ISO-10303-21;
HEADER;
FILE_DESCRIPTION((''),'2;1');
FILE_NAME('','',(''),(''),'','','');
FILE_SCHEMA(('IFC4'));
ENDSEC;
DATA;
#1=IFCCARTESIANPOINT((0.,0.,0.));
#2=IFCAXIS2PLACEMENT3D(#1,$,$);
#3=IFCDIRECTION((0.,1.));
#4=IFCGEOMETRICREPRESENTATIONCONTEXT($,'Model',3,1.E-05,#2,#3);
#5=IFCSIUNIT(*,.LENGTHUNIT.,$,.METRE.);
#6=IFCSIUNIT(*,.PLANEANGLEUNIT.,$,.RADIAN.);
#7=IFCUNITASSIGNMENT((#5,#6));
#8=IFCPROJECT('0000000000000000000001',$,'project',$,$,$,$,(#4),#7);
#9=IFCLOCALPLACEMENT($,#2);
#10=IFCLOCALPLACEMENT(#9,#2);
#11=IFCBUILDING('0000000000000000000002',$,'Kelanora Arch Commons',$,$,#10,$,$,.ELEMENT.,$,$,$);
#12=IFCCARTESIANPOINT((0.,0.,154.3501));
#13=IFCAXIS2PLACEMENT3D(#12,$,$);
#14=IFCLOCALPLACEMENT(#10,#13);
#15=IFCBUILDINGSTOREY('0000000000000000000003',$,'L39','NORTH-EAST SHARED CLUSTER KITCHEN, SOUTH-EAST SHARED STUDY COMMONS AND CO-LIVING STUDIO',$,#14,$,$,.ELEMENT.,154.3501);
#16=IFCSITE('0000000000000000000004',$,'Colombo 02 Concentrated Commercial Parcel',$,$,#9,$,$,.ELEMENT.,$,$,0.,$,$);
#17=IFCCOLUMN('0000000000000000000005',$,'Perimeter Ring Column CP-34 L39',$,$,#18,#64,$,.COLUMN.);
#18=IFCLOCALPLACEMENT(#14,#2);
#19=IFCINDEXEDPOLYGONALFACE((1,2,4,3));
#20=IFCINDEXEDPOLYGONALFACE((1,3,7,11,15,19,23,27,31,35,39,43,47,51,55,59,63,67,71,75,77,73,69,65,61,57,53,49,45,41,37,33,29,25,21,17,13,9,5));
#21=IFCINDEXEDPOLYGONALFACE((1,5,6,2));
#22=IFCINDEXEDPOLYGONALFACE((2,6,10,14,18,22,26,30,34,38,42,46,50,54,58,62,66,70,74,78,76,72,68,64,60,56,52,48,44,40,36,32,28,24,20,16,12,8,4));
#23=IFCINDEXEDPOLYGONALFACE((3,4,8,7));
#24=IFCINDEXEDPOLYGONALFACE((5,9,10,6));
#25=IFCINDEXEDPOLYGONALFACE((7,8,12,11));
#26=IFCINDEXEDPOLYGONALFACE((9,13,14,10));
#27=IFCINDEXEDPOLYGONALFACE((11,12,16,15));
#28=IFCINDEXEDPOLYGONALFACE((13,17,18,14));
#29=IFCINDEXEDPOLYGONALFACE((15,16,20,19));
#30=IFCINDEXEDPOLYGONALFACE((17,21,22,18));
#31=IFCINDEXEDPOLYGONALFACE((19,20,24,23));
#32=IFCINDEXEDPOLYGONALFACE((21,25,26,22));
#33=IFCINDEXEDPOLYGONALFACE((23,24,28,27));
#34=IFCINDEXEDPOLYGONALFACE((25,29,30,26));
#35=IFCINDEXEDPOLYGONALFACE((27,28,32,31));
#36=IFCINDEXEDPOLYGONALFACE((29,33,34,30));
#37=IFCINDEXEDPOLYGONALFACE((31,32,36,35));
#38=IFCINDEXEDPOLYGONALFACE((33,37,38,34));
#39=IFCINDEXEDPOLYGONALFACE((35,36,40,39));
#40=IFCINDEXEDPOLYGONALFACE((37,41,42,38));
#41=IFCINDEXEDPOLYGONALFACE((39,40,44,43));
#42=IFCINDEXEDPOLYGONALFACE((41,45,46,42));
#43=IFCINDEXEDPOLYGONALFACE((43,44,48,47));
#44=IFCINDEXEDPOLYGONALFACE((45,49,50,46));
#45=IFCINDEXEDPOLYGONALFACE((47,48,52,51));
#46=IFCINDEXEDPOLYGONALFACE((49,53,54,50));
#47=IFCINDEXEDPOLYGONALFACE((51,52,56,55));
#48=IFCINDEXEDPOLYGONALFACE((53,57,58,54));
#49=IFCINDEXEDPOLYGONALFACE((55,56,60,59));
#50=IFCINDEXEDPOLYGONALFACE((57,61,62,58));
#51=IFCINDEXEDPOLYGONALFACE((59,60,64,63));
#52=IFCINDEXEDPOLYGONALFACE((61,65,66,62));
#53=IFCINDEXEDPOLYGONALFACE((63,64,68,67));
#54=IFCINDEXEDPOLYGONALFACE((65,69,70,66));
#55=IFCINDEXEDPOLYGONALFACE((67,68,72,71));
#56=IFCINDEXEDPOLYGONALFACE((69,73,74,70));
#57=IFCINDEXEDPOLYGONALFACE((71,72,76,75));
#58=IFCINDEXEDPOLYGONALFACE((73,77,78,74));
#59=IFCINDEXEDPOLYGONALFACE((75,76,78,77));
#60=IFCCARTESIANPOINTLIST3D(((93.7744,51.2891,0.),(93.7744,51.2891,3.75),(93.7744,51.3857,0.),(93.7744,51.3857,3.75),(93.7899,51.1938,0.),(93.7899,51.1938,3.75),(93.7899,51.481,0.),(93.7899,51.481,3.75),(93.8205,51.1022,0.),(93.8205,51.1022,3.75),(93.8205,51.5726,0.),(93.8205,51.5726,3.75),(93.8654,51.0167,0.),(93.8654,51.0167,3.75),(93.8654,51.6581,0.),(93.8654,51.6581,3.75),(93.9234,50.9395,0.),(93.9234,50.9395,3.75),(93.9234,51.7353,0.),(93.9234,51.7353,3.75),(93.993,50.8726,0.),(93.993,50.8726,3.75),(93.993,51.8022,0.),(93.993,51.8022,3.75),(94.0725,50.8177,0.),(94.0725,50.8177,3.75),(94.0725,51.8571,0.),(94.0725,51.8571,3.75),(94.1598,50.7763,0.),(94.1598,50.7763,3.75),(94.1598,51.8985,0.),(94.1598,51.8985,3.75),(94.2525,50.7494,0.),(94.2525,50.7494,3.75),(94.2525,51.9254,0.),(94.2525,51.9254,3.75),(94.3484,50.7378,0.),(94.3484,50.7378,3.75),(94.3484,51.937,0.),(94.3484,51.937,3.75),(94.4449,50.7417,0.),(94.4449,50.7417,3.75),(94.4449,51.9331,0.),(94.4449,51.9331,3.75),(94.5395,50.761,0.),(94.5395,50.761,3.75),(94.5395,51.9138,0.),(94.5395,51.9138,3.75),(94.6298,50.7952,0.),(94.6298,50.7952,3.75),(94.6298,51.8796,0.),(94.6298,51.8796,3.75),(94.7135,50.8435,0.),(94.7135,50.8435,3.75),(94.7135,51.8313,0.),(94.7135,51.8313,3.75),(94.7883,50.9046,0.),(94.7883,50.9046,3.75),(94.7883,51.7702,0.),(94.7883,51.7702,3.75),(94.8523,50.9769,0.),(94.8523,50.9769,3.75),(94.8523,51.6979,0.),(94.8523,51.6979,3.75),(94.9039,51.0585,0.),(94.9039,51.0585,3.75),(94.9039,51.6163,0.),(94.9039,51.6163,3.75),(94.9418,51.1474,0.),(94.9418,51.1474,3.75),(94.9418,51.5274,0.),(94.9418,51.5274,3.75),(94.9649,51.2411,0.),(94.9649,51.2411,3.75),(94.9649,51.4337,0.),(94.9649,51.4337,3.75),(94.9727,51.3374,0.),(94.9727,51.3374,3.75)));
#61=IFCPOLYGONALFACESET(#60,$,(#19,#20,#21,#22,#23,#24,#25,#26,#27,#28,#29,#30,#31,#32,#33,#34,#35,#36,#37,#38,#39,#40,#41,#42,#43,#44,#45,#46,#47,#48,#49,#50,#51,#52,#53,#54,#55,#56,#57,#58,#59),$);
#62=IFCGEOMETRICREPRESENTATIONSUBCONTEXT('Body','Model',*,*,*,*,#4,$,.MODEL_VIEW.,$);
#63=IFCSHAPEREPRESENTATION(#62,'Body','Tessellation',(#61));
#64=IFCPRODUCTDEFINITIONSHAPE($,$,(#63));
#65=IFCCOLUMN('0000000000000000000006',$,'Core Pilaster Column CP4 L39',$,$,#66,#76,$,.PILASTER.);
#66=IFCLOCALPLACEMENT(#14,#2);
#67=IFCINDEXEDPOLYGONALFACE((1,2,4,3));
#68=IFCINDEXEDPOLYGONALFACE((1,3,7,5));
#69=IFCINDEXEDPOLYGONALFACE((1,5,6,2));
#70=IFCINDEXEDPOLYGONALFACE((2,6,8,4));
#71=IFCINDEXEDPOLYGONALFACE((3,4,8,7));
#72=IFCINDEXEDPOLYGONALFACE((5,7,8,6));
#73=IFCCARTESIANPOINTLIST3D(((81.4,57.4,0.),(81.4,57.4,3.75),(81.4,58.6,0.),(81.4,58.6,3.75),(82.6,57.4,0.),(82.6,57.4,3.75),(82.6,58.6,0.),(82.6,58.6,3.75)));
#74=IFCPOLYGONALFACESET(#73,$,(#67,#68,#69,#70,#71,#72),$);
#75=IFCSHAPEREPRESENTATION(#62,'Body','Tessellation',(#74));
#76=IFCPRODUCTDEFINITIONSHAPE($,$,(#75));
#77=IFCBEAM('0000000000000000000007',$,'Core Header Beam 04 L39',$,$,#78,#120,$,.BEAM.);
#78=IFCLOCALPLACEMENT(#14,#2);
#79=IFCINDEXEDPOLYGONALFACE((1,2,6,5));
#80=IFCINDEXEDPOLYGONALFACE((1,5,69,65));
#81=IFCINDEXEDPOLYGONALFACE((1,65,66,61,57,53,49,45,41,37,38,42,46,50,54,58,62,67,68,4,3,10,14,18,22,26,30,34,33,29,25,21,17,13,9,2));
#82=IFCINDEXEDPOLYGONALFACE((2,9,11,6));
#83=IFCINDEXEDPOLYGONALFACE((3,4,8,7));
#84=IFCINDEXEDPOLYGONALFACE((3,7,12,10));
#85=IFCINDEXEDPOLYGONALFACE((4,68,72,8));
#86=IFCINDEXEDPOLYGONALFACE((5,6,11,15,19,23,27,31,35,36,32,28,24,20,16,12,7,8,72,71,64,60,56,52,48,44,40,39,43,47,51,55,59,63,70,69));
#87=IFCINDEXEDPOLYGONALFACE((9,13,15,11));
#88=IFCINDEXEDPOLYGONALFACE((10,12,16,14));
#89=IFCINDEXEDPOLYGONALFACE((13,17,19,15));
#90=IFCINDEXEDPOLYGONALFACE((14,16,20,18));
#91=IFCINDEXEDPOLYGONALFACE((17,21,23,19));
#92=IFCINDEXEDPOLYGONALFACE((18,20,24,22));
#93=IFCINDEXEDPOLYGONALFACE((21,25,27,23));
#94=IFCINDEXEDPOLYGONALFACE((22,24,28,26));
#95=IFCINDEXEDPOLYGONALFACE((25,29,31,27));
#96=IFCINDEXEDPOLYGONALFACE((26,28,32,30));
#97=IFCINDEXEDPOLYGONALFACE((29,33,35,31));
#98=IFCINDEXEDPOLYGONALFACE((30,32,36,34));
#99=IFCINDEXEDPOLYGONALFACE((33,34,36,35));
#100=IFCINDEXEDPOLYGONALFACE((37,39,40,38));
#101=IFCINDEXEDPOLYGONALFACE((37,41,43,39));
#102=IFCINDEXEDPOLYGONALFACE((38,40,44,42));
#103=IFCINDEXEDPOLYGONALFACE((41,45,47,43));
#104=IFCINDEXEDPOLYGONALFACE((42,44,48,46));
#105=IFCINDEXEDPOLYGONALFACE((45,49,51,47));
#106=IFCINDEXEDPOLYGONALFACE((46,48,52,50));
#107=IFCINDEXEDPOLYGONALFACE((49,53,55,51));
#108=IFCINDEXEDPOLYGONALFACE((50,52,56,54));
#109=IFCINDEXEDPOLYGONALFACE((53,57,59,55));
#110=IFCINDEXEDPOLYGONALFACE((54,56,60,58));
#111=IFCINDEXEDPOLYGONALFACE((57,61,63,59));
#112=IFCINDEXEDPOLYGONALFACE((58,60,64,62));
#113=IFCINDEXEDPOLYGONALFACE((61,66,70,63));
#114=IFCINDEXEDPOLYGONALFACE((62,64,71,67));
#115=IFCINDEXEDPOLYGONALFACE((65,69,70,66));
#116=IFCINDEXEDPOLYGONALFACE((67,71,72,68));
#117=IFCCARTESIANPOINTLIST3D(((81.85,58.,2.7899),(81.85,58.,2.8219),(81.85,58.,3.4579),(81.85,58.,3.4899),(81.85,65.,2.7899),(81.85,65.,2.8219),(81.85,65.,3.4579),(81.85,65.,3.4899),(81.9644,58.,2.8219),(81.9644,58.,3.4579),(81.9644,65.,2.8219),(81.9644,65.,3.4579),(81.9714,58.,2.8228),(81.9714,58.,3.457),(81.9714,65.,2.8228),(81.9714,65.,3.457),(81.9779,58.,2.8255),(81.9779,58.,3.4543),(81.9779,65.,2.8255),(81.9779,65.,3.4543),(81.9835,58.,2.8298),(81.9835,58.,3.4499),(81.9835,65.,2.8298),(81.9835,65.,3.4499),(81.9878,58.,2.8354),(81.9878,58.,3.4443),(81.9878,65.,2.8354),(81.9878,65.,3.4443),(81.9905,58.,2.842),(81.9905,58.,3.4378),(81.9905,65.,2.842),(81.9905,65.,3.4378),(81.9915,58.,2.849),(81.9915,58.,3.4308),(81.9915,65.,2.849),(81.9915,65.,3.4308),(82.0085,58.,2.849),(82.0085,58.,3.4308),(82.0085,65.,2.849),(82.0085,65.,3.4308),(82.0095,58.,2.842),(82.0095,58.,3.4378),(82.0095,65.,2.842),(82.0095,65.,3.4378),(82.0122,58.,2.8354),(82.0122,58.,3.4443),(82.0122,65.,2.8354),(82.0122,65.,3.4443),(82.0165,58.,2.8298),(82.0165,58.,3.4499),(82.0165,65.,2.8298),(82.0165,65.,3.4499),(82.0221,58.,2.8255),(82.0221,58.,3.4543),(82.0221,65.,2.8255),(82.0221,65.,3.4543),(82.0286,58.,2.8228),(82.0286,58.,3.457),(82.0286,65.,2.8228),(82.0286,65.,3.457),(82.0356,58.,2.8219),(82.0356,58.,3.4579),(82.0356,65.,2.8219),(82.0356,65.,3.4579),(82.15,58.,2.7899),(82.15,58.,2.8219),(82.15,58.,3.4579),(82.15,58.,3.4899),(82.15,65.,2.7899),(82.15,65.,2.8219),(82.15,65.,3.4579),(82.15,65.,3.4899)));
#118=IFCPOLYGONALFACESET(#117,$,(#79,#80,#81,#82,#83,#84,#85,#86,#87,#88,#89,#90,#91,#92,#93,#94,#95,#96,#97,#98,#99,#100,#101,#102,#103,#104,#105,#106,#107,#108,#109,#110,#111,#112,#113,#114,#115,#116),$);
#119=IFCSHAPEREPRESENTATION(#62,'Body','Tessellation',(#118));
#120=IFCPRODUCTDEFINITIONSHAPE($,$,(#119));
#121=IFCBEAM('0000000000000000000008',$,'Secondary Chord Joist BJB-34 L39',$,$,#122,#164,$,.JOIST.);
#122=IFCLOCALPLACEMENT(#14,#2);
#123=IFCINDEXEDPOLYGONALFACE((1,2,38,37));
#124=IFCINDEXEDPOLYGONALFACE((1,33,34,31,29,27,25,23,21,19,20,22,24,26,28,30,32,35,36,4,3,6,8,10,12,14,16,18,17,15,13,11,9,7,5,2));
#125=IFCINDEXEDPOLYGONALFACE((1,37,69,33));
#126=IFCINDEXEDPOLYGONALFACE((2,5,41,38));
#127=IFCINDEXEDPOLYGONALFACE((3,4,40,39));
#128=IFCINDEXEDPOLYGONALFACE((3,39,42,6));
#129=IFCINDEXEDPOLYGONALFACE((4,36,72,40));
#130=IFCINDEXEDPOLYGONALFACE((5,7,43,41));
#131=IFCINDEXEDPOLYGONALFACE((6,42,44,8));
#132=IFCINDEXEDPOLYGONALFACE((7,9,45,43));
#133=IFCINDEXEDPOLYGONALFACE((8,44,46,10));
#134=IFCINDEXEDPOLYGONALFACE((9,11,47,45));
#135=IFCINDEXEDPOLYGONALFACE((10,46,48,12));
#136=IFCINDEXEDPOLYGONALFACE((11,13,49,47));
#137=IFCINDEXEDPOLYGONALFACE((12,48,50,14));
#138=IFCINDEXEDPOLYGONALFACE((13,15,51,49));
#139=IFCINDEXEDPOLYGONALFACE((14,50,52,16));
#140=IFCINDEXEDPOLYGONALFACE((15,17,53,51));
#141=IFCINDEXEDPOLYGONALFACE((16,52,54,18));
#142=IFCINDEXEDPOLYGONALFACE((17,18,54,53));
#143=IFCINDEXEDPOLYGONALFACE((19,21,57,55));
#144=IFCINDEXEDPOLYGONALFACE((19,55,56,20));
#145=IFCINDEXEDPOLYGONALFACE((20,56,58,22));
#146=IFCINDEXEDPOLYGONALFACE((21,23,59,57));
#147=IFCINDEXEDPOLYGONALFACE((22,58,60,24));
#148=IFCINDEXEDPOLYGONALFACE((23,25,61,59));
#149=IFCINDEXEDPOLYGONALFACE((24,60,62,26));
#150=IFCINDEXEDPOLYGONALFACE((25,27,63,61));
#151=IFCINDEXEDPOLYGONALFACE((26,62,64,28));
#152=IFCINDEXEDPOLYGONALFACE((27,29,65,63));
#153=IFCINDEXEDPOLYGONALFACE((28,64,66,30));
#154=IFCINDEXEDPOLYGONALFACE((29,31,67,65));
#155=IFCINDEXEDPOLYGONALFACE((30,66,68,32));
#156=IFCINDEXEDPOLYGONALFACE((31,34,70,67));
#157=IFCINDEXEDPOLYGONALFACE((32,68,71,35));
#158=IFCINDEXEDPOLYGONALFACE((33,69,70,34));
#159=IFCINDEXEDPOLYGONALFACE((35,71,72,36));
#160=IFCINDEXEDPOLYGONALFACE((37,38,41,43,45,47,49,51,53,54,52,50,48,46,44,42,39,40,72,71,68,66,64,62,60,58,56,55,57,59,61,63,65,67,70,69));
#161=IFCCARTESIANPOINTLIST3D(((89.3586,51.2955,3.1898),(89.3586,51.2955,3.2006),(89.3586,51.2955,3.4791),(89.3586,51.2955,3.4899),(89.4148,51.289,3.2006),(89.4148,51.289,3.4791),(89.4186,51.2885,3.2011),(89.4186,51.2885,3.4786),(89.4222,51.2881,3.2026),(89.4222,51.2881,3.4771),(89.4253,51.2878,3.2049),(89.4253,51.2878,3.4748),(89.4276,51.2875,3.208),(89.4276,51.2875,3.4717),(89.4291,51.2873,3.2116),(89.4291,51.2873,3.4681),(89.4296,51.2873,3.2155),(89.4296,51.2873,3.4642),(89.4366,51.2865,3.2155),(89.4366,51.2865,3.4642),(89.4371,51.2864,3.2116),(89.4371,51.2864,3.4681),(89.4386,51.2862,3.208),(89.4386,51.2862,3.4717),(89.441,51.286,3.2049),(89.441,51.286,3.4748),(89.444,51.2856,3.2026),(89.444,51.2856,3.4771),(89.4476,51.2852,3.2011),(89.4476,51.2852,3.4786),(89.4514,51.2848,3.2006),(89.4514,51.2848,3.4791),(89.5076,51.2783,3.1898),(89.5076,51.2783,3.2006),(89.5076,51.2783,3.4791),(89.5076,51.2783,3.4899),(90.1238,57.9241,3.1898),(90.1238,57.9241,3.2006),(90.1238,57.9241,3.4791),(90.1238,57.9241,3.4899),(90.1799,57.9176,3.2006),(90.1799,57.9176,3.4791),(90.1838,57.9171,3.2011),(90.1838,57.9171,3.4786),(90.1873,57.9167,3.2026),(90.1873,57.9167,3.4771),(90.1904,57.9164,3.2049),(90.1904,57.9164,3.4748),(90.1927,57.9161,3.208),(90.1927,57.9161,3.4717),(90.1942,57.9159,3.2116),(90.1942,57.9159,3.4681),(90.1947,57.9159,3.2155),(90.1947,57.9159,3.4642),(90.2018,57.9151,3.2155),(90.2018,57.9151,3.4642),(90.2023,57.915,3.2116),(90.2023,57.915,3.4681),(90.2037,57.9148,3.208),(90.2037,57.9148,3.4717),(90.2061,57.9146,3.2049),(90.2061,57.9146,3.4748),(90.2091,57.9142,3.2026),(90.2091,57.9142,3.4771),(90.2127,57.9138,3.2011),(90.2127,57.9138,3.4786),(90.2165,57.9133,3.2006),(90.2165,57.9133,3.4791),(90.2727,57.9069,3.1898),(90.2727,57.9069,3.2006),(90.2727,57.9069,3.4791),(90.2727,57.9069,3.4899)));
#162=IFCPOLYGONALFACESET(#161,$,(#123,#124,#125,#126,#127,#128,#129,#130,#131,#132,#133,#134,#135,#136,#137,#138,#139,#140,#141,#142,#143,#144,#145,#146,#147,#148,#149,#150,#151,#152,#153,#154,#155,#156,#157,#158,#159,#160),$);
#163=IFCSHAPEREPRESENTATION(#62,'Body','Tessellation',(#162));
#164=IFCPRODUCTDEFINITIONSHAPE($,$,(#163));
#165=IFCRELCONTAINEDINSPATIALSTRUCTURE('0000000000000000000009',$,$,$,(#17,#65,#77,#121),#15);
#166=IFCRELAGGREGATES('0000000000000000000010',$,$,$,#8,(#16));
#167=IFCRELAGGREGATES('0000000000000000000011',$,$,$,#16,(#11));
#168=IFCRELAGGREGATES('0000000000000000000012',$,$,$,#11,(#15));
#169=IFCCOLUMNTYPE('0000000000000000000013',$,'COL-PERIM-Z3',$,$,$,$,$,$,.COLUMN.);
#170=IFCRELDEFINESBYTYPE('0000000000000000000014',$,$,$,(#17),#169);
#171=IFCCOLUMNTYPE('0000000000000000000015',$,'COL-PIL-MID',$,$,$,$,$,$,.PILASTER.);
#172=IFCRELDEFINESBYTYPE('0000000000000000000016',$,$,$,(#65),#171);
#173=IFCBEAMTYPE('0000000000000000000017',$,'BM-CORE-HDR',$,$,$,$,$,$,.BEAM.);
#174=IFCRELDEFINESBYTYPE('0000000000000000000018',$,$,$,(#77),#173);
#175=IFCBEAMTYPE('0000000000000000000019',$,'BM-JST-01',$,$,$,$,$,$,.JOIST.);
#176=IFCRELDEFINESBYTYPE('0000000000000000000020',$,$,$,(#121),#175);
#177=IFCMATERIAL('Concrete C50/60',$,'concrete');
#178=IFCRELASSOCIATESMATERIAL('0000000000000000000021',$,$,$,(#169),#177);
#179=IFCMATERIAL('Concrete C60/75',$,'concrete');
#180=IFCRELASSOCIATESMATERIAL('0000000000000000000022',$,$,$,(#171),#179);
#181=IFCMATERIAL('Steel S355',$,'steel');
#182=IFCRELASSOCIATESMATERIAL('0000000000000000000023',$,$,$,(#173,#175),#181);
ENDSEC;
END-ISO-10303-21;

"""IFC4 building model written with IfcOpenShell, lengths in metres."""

from ifc_helpers import new_model, si_unit, direction, frame, origin, origin_2d, place, context, subcontext, project, spatial, rectangle, circle, i_section, extrude, material, material_profile, profile_set, type_object, element, save


model = new_model("IFC4")

# Units and contexts
model_context = context("Model", 3, precision=1e-05, world=origin(), true_north=direction((0.0, 1.0)))
body_context = subcontext(model_context, "Body", "Model", "MODEL_VIEW")
ifc_project = project(units=[si_unit("LENGTHUNIT", "METRE"), si_unit("PLANEANGLEUNIT", "RADIAN")], contexts=[model_context])

# Site, building, storey
site_placement = place(None, origin())
site = spatial("IfcSite", under=ifc_project, at=site_placement, Name="Colombo 02 Concentrated Commercial Parcel", CompositionType="ELEMENT", RefElevation=0.0)
building_placement = place(site_placement, origin())
building = spatial("IfcBuilding", under=site, at=building_placement, Name="Kelanora Arch Commons", CompositionType="ELEMENT")
storey_placement = place(building_placement, frame((0.0, 0.0, 154.3501)))
storey = spatial("IfcBuildingStorey", under=building, at=storey_placement, Name="L39", Description="NORTH-EAST SHARED CLUSTER KITCHEN, SOUTH-EAST SHARED STUDY COMMONS AND CO-LIVING STUDIO", CompositionType="ELEMENT", Elevation=154.3501)

# Columns
ifc_material_1 = material(Name="Concrete C50/60", Category="concrete")
ifc_material_profile_1 = material_profile(ifc_material_1, circle(Radius=0.6001, at=origin_2d()), Name="RCC1200")
ifc_profile_set_1 = profile_set([ifc_material_profile_1], Name="Concrete C50/60")
column_type_1 = type_object("IfcColumnType", Name="COL-PERIM-Z3", PredefinedType="COLUMN", material=ifc_profile_set_1)
column_1_placement = place(storey_placement, frame((94.3726, 51.3374, 0.0), z_axis=(0.0, 0.0, 1.0), x_axis=(1.0, 0.0, 0.0)))
element("IfcColumn", 1, at=column_1_placement, inside=storey, type_object=column_type_1, Name="Perimeter Ring Column CP-34 L39", PredefinedType="COLUMN", context=body_context, shape_type="SweptSolid", body=[
    extrude(circle(Radius=0.6001, at=origin_2d()), origin(), (0.0, 0.0, 1.0), 3.75),
])
ifc_material_2 = material(Name="Concrete C60/75", Category="concrete")
ifc_material_profile_2 = material_profile(ifc_material_2, rectangle(XDim=1.2, YDim=1.2, at=origin_2d()), Name="RC1200x1200")
ifc_profile_set_2 = profile_set([ifc_material_profile_2], Name="Concrete C60/75")
column_type_2 = type_object("IfcColumnType", Name="COL-PIL-MID", PredefinedType="PILASTER", material=ifc_profile_set_2)
column_2_placement = place(storey_placement, frame((82.0, 58.0, 0.0), z_axis=(0.0, 0.0, 1.0), x_axis=(1.0, 0.0, 0.0)))
element("IfcColumn", 2, at=column_2_placement, inside=storey, type_object=column_type_2, Name="Core Pilaster Column CP4 L39", PredefinedType="PILASTER", context=body_context, shape_type="SweptSolid", body=[
    extrude(rectangle(XDim=1.2, YDim=1.2, at=origin_2d()), origin(), (0.0, 0.0, 1.0), 3.75),
])

# Beams
ifc_material_3 = material(Name="Steel S355", Category="steel")
ifc_material_profile_3 = material_profile(ifc_material_3, i_section(OverallWidth=0.3, OverallDepth=0.7, WebThickness=0.0171, FlangeThickness=0.032, FilletRadius=0.0271, at=origin_2d()), Name="HEB700")
ifc_profile_set_3 = profile_set([ifc_material_profile_3], Name="Steel S355")
beam_type_1 = type_object("IfcBeamType", Name="BM-CORE-HDR", PredefinedType="BEAM", material=ifc_profile_set_3)
beam_1_placement = place(storey_placement, frame((82.0, 58.0, 3.1399), z_axis=(0.0, 1.0, 0.0), x_axis=(-1.0, 0.0, 0.0)))
element("IfcBeam", 3, at=beam_1_placement, inside=storey, type_object=beam_type_1, Name="Core Header Beam 04 L39", PredefinedType="BEAM", context=body_context, shape_type="SweptSolid", body=[
    extrude(i_section(OverallWidth=0.3, OverallDepth=0.7, WebThickness=0.0171, FlangeThickness=0.032, FilletRadius=0.0271, at=origin_2d()), origin(), (0.0, 0.0, 1.0), 7.0),
])
ifc_material_profile_4 = material_profile(ifc_material_3, i_section(OverallWidth=0.1499, OverallDepth=0.3, WebThickness=0.0071, FlangeThickness=0.0107, FilletRadius=0.0149, at=origin_2d()), Name="IPE300")
ifc_profile_set_4 = profile_set([ifc_material_profile_4], Name="Steel S355")
beam_type_2 = type_object("IfcBeamType", Name="BM-JST-01", PredefinedType="JOIST", material=ifc_profile_set_4)
beam_2_placement = place(storey_placement, frame((89.4331, 51.2869, 3.3398), z_axis=(0.114667, 0.993404, 0.0), x_axis=(-0.993404, 0.114667, 0.0)))
element("IfcBeam", 4, at=beam_2_placement, inside=storey, type_object=beam_type_2, Name="Secondary Chord Joist BJB-34 L39", PredefinedType="JOIST", context=body_context, shape_type="SweptSolid", body=[
    extrude(i_section(OverallWidth=0.1499, OverallDepth=0.3, WebThickness=0.0071, FlangeThickness=0.0107, FilletRadius=0.0149, at=origin_2d()), origin(), (0.0, 0.0, 1.0), 6.6726),
])

save(model, "model.ifc")
